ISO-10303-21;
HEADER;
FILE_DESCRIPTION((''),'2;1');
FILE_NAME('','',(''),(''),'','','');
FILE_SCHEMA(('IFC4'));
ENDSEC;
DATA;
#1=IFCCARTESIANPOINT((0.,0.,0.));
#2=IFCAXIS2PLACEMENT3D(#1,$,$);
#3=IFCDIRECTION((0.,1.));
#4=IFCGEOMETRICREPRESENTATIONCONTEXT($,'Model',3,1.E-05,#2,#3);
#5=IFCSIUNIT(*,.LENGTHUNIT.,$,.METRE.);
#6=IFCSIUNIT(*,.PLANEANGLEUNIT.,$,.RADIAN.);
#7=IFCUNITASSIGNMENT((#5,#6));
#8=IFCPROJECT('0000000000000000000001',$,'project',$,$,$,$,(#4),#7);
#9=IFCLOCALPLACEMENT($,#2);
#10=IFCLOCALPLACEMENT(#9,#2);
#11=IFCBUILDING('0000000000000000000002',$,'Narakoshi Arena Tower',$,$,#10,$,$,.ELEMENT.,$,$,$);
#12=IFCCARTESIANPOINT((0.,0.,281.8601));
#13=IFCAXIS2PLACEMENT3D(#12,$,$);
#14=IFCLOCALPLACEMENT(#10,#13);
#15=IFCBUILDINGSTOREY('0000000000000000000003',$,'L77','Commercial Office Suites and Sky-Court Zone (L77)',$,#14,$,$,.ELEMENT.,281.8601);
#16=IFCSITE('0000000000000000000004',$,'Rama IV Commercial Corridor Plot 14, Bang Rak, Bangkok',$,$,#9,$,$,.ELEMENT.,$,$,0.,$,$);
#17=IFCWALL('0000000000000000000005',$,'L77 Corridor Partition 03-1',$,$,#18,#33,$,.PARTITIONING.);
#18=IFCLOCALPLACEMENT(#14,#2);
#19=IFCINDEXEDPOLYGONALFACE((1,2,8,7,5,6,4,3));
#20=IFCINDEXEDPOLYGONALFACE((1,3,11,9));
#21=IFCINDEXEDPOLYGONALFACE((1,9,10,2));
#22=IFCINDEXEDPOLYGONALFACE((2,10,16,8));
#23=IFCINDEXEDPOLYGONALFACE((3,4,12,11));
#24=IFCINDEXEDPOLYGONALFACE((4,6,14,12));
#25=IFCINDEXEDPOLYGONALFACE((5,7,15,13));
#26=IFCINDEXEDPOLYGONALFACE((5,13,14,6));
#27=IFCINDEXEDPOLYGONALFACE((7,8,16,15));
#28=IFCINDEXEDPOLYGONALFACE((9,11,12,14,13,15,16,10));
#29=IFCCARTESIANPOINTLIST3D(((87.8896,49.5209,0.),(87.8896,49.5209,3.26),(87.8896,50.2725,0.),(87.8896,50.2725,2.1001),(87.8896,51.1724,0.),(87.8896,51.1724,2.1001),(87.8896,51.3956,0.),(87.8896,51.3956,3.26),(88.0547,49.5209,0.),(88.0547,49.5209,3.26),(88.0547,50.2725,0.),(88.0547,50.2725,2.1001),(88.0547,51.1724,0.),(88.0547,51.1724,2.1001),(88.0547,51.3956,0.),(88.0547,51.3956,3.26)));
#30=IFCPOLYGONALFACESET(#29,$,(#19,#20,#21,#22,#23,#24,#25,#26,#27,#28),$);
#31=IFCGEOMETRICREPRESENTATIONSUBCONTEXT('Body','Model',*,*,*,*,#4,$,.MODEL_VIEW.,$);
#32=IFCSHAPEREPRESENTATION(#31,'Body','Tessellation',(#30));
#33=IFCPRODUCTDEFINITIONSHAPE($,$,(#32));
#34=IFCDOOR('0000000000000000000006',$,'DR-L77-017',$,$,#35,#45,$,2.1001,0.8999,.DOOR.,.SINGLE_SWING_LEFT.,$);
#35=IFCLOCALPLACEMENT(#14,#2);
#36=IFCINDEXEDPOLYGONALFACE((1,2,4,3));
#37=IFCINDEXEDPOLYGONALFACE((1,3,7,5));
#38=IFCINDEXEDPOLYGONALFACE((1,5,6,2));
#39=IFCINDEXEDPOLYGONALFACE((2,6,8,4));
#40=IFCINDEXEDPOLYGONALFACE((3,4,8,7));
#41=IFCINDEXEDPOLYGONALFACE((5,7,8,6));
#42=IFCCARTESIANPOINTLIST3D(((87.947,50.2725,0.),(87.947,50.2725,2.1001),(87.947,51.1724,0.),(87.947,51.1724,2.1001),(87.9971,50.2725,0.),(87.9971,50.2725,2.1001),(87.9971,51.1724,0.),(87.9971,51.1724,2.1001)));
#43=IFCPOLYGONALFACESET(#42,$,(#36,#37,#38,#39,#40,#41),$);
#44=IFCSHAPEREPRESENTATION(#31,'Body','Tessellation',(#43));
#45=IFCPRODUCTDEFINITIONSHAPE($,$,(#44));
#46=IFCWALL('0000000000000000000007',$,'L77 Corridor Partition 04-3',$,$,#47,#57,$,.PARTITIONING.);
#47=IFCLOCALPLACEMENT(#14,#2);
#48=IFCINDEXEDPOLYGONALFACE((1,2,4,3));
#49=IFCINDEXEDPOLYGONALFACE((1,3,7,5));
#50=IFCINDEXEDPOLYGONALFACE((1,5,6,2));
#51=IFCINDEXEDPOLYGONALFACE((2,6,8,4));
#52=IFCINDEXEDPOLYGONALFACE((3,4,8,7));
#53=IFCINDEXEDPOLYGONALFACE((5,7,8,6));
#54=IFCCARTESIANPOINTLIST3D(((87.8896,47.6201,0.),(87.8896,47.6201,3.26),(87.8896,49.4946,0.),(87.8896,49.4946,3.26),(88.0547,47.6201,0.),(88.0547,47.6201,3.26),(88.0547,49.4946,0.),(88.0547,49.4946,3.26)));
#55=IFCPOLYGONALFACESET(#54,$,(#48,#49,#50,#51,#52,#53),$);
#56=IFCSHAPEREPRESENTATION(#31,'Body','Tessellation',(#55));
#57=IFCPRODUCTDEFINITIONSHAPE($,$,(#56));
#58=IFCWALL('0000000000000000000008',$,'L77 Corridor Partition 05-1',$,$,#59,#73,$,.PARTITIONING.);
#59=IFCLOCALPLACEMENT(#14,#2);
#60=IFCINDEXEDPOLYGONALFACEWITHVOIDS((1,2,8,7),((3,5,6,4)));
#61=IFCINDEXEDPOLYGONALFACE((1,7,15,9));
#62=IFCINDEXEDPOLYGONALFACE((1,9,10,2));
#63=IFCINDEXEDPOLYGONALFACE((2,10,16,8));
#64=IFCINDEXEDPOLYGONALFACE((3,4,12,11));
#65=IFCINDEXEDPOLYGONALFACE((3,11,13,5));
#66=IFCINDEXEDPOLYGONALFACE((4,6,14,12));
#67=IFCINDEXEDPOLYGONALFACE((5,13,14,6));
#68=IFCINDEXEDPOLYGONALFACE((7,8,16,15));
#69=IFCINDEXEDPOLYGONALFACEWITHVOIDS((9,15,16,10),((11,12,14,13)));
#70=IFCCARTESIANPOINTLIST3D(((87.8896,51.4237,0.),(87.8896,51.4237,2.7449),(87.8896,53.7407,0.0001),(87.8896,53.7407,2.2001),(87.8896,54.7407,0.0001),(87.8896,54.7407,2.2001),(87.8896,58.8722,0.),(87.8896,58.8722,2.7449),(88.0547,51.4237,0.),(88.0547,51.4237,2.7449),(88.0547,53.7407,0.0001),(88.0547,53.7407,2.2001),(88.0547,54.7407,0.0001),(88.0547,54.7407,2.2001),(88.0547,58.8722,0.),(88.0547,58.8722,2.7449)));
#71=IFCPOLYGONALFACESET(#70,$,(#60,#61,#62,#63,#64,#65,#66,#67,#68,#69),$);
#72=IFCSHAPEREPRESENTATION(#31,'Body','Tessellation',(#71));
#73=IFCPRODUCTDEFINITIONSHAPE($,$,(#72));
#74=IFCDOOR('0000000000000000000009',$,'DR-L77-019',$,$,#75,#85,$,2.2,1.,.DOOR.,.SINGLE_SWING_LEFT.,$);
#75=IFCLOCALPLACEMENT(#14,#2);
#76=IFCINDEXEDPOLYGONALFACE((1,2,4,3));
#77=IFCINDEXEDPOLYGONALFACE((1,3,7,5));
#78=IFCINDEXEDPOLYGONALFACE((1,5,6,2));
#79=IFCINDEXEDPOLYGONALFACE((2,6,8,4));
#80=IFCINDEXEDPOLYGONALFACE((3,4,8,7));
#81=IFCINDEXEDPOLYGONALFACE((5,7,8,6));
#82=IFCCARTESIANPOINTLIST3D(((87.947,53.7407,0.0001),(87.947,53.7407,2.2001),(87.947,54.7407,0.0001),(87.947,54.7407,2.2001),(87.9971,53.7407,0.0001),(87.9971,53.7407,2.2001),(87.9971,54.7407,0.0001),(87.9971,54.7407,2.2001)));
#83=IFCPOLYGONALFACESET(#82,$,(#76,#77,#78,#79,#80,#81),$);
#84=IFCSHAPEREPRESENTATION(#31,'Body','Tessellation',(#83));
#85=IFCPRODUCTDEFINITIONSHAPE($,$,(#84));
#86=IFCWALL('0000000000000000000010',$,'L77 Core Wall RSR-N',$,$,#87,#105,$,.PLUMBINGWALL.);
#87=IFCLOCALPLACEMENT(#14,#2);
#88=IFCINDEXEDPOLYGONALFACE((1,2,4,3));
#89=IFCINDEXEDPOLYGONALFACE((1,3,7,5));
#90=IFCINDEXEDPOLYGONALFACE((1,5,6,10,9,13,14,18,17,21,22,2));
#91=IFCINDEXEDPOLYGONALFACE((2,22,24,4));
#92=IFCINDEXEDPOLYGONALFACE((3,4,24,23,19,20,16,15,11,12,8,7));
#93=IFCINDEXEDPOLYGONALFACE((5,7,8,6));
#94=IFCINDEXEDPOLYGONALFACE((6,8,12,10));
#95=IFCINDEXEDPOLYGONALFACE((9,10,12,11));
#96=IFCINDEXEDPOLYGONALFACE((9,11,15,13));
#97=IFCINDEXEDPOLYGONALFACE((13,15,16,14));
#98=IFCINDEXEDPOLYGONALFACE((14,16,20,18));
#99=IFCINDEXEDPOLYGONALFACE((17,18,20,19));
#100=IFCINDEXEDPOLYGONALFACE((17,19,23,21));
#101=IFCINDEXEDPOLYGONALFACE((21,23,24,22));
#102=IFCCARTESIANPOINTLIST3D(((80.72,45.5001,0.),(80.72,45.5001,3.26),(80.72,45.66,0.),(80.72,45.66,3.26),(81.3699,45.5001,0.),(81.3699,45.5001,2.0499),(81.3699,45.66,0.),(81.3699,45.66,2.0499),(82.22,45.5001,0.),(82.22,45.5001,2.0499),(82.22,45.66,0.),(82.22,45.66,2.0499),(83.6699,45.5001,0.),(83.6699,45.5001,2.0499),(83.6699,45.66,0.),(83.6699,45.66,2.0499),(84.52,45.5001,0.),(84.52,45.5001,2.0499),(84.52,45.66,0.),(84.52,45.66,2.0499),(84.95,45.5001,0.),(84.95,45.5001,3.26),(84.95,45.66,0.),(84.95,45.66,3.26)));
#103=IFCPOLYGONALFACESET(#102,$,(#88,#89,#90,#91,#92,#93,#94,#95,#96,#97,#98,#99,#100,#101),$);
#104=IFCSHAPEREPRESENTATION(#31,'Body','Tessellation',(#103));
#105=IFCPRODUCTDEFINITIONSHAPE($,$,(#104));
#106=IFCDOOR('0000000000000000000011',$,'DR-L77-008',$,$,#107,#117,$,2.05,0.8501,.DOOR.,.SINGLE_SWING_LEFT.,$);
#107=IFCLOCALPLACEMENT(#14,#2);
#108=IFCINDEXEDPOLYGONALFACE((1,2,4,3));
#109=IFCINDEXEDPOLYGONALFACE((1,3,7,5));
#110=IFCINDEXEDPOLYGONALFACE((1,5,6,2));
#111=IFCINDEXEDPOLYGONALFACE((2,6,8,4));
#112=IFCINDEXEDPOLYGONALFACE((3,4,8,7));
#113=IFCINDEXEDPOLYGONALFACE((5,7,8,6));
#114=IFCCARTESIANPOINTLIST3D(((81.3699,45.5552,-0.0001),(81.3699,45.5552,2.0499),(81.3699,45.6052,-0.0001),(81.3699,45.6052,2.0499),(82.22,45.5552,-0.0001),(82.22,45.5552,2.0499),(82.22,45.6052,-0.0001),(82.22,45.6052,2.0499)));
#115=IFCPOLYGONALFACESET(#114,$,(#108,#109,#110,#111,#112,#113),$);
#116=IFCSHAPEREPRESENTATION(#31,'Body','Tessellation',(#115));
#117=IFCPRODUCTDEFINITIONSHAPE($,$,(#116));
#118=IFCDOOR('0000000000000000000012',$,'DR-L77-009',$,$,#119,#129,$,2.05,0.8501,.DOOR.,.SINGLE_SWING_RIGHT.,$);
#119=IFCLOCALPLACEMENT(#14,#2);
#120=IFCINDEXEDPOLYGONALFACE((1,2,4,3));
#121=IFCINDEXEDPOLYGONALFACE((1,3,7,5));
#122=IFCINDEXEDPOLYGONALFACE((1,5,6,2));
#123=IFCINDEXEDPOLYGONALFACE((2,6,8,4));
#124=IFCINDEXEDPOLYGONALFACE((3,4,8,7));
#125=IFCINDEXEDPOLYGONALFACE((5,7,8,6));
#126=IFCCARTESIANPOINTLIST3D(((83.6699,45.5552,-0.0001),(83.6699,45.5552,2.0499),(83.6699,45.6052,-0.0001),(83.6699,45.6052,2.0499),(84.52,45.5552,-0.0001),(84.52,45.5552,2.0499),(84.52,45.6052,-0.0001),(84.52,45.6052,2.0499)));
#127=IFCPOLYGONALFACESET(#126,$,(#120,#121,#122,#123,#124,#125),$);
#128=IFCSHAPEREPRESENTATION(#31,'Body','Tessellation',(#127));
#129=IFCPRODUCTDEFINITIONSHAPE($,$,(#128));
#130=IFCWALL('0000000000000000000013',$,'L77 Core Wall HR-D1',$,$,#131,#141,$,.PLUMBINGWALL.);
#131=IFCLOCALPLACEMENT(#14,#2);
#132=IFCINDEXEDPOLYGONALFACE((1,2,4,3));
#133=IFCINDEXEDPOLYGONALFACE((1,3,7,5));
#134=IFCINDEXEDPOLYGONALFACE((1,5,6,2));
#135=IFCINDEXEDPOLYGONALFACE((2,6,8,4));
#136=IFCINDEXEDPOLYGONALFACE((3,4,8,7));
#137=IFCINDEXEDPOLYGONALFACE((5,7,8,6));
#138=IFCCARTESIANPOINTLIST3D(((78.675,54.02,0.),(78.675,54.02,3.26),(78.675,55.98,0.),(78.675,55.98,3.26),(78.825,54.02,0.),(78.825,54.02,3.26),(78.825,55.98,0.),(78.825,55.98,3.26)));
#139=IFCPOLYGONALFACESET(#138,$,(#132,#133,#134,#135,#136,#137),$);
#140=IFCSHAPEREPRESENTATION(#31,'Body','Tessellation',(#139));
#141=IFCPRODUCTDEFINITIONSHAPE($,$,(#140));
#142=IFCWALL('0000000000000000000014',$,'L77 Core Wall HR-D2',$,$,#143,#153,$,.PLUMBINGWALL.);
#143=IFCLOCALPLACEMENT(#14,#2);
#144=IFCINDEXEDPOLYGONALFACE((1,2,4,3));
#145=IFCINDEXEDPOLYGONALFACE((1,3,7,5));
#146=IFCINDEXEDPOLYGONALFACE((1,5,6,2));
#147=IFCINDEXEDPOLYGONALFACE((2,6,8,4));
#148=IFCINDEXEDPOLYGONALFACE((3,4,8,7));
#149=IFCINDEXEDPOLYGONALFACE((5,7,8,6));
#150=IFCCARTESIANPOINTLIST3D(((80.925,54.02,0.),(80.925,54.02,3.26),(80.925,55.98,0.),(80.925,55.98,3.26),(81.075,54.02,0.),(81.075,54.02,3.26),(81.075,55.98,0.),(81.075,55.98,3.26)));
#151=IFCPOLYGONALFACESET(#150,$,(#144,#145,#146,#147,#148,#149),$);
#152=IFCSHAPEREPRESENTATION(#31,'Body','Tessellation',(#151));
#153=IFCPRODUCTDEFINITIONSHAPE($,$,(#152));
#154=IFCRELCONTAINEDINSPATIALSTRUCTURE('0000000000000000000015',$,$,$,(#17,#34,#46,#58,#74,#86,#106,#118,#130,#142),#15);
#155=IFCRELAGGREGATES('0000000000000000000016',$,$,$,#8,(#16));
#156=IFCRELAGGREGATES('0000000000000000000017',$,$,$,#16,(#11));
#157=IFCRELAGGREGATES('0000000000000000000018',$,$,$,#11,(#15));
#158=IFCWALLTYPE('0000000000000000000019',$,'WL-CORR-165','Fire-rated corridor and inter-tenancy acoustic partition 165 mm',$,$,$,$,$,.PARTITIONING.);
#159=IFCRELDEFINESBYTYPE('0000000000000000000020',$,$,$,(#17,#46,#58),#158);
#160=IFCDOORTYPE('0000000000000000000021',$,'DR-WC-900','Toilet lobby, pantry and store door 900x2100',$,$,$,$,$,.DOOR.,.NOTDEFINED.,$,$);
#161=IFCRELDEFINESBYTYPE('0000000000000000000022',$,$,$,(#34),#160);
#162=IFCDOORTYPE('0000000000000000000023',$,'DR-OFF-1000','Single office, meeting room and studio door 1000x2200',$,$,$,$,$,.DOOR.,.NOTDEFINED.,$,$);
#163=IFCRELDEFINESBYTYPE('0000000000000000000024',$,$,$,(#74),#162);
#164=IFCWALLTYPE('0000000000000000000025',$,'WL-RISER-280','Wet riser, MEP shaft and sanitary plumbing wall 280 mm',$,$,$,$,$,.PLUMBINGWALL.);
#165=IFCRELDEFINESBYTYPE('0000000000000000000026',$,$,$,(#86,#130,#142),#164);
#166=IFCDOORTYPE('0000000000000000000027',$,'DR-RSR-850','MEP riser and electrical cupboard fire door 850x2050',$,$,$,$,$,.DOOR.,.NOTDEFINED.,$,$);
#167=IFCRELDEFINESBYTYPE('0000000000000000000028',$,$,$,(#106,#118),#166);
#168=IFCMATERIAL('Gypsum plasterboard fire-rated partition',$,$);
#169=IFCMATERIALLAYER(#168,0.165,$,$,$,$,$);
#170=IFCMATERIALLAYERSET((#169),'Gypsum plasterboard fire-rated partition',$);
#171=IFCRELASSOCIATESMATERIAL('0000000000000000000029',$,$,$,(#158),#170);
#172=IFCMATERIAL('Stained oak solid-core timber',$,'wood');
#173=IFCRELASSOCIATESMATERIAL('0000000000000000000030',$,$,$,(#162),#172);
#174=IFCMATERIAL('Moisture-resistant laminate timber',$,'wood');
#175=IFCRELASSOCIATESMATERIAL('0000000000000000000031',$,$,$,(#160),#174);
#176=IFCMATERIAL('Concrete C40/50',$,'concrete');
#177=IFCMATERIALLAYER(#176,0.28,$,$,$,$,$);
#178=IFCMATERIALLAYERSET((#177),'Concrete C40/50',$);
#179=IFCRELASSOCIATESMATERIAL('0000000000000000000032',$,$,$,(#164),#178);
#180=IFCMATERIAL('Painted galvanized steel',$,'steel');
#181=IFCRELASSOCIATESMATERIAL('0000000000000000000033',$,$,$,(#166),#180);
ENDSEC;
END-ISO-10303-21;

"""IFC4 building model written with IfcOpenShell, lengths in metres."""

from ifc_helpers import new_model, si_unit, direction, frame, frame_2d, origin, place, context, subcontext, project, spatial, rectangle, extrude, material, layer, layer_set, type_object, element, fill, save


model = new_model("IFC4")

# Units and contexts
model_context = context("Model", 3, precision=1e-05, world=origin(), true_north=direction((0.0, 1.0)))
body_context = subcontext(model_context, "Body", "Model", "MODEL_VIEW")
ifc_project = project(units=[si_unit("LENGTHUNIT", "METRE"), si_unit("PLANEANGLEUNIT", "RADIAN")], contexts=[model_context])

# Site, building, storey
site_placement = place(None, origin())
site = spatial("IfcSite", under=ifc_project, at=site_placement, Name="Rama IV Commercial Corridor Plot 14, Bang Rak, Bangkok", CompositionType="ELEMENT", RefElevation=0.0)
building_placement = place(site_placement, origin())
building = spatial("IfcBuilding", under=site, at=building_placement, Name="Narakoshi Arena Tower", CompositionType="ELEMENT")
storey_placement = place(building_placement, frame((0.0, 0.0, 281.8601)))
storey = spatial("IfcBuildingStorey", under=building, at=storey_placement, Name="L77", Description="Commercial Office Suites and Sky-Court Zone (L77)", CompositionType="ELEMENT", Elevation=281.8601)

# Wall, opening, door
ifc_material_1 = material(Name="Gypsum plasterboard fire-rated partition")
ifc_layer_1 = layer(ifc_material_1, 0.165)
ifc_layer_set_1 = layer_set([ifc_layer_1], Name="Gypsum plasterboard fire-rated partition")
wall_type_1 = type_object("IfcWallType", Name="WL-CORR-165", Description="Fire-rated corridor and inter-tenancy acoustic partition 165 mm", PredefinedType="PARTITIONING", material=ifc_layer_set_1)
ifc_material_2 = material(Name="Stained oak solid-core timber", Category="wood")
door_type_1 = type_object("IfcDoorType", Name="DR-OFF-1000", Description="Single office, meeting room and studio door 1000x2200", OperationType="NOTDEFINED", PredefinedType="DOOR", material=ifc_material_2)
wall_1_placement = place(storey_placement, frame((87.9722, 49.5208, 0.0), z_axis=(0.0, 0.0, 1.0), x_axis=(0.0, 1.0, 0.0)))
wall_1 = element("IfcWall", 1, at=wall_1_placement, inside=storey, type_object=wall_type_1, Name="L77 Corridor Partition 03-1", PredefinedType="PARTITIONING", context=body_context, shape_type="SweptSolid", body=[
    extrude(rectangle(XDim=1.8748, YDim=0.165, at=frame_2d((0.9375, 0.0))), origin(), (0.0, 0.0, 1.0), 3.26),
])
opening_1_placement = place(wall_1_placement, frame((0.7517, 0.0, 0.0)))
opening_1 = element("IfcOpeningElement", 2, at=opening_1_placement, cuts=wall_1, PredefinedType="OPENING", context=body_context, shape_type="SweptSolid", body=[
    extrude(rectangle(XDim=0.8999, YDim=2.1001, at=frame_2d((0.45, 1.05))), frame((0.0, 0.0925, 0.0), z_axis=(0.0, -1.0, 0.0), x_axis=(1.0, 0.0, 0.0)), (0.0, 0.0, 1.0), 0.1851),
])
ifc_material_3 = material(Name="Moisture-resistant laminate timber", Category="wood")
door_type_2 = type_object("IfcDoorType", Name="DR-WC-900", Description="Toilet lobby, pantry and store door 900x2100", OperationType="NOTDEFINED", PredefinedType="DOOR", material=ifc_material_3)
door_1_placement = place(opening_1_placement, frame((0.8999, 0.0, 0.0), z_axis=(0.0, 0.0, 1.0), x_axis=(-1.0, 0.0, 0.0)))
door_1 = element("IfcDoor", 3, at=door_1_placement, inside=storey, type_object=door_type_2, Name="DR-L77-017", OperationType="SINGLE_SWING_LEFT", OverallHeight=2.1001, OverallWidth=0.8999, PredefinedType="DOOR", context=body_context, shape_type="SweptSolid", body=[
    extrude(rectangle(XDim=0.8999, YDim=2.1001, at=frame_2d((0.45, 1.05))), frame((0.0, 0.0249, 0.0), z_axis=(0.0, -1.0, 0.0), x_axis=(1.0, 0.0, 0.0)), (0.0, 0.0, 1.0), 0.05),
])
fill(opening_1, door_1)

# Wall
wall_2_placement = place(storey_placement, frame((87.9722, 47.6201, 0.0), z_axis=(0.0, 0.0, 1.0), x_axis=(0.0, 1.0, 0.0)))
element("IfcWall", 4, at=wall_2_placement, inside=storey, type_object=wall_type_1, Name="L77 Corridor Partition 04-3", PredefinedType="PARTITIONING", context=body_context, shape_type="SweptSolid", body=[
    extrude(rectangle(XDim=1.8745, YDim=0.165, at=frame_2d((0.9373, 0.0))), origin(), (0.0, 0.0, 1.0), 3.26),
])

# Wall, opening, door
wall_3_placement = place(storey_placement, frame((87.9722, 51.4238, 0.0), z_axis=(0.0, 0.0, 1.0), x_axis=(0.0, 1.0, 0.0)))
wall_3 = element("IfcWall", 5, at=wall_3_placement, inside=storey, type_object=wall_type_1, Name="L77 Corridor Partition 05-1", PredefinedType="PARTITIONING", context=body_context, shape_type="SweptSolid", body=[
    extrude(rectangle(XDim=7.4485, YDim=0.165, at=frame_2d((3.7241, 0.0))), origin(), (0.0, 0.0, 1.0), 2.7449),
])
opening_2_placement = place(wall_3_placement, frame((2.3169, 0.0, 0.0)))
opening_2 = element("IfcOpeningElement", 6, at=opening_2_placement, cuts=wall_3, PredefinedType="OPENING", context=body_context, shape_type="SweptSolid", body=[
    extrude(rectangle(XDim=1.0, YDim=2.2, at=frame_2d((0.5, 1.1001))), frame((0.0, 0.0925, 0.0), z_axis=(0.0, -1.0, 0.0), x_axis=(1.0, 0.0, 0.0)), (0.0, 0.0, 1.0), 0.1851),
])
door_2_placement = place(opening_2_placement, frame((1.0, 0.0, 0.0), z_axis=(0.0, 0.0, 1.0), x_axis=(-1.0, 0.0, 0.0)))
door_2 = element("IfcDoor", 7, at=door_2_placement, inside=storey, type_object=door_type_1, Name="DR-L77-019", OperationType="SINGLE_SWING_LEFT", OverallHeight=2.2, OverallWidth=1.0, PredefinedType="DOOR", context=body_context, shape_type="SweptSolid", body=[
    extrude(rectangle(XDim=1.0, YDim=2.2, at=frame_2d((0.5, 1.1001))), frame((0.0, 0.0249, 0.0), z_axis=(0.0, -1.0, 0.0), x_axis=(1.0, 0.0, 0.0)), (0.0, 0.0, 1.0), 0.05),
])
fill(opening_2, door_2)

# Wall, openings, doors
ifc_material_4 = material(Name="Concrete C40/50", Category="concrete")
ifc_layer_2 = layer(ifc_material_4, 0.28)
ifc_layer_set_2 = layer_set([ifc_layer_2], Name="Concrete C40/50")
wall_type_2 = type_object("IfcWallType", Name="WL-RISER-280", Description="Wet riser, MEP shaft and sanitary plumbing wall 280 mm", PredefinedType="PLUMBINGWALL", material=ifc_layer_set_2)
wall_4_placement = place(storey_placement, frame((80.72, 45.5801, 0.0), z_axis=(0.0, 0.0, 1.0), x_axis=(1.0, 0.0, 0.0)))
wall_4 = element("IfcWall", 8, at=wall_4_placement, inside=storey, type_object=wall_type_2, Name="L77 Core Wall RSR-N", PredefinedType="PLUMBINGWALL", context=body_context, shape_type="SweptSolid", body=[
    extrude(rectangle(XDim=4.23, YDim=0.1599, at=frame_2d((2.115, 0.0))), origin(), (0.0, 0.0, 1.0), 3.26),
])
opening_3_placement = place(wall_4_placement, frame((0.6499, 0.0, 0.0)))
opening_3 = element("IfcOpeningElement", 9, at=opening_3_placement, cuts=wall_4, PredefinedType="OPENING", context=body_context, shape_type="SweptSolid", body=[
    extrude(rectangle(XDim=0.8501, YDim=2.05, at=frame_2d((0.425, 1.0249))), frame((0.0, 0.0898, 0.0), z_axis=(0.0, -1.0, 0.0), x_axis=(1.0, 0.0, 0.0)), (0.0, 0.0, 1.0), 0.1799),
])
opening_4_placement = place(wall_4_placement, frame((2.95, 0.0, 0.0)))
opening_4 = element("IfcOpeningElement", 10, at=opening_4_placement, cuts=wall_4, PredefinedType="OPENING", context=body_context, shape_type="SweptSolid", body=[
    extrude(rectangle(XDim=0.8501, YDim=2.05, at=frame_2d((0.425, 1.0249))), frame((0.0, 0.0898, 0.0), z_axis=(0.0, -1.0, 0.0), x_axis=(1.0, 0.0, 0.0)), (0.0, 0.0, 1.0), 0.1799),
])
ifc_material_5 = material(Name="Painted galvanized steel", Category="steel")
door_type_3 = type_object("IfcDoorType", Name="DR-RSR-850", Description="MEP riser and electrical cupboard fire door 850x2050", OperationType="NOTDEFINED", PredefinedType="DOOR", material=ifc_material_5)
door_3_placement = place(opening_3_placement, frame((0.8501, 0.0, 0.0), z_axis=(0.0, 0.0, 1.0), x_axis=(-1.0, 0.0, 0.0)))
door_3 = element("IfcDoor", 11, at=door_3_placement, inside=storey, type_object=door_type_3, Name="DR-L77-008", OperationType="SINGLE_SWING_LEFT", OverallHeight=2.05, OverallWidth=0.8501, PredefinedType="DOOR", context=body_context, shape_type="SweptSolid", body=[
    extrude(rectangle(XDim=0.8501, YDim=2.05, at=frame_2d((0.425, 1.0249))), frame((0.0, 0.0249, 0.0), z_axis=(0.0, -1.0, 0.0), x_axis=(1.0, 0.0, 0.0)), (0.0, 0.0, 1.0), 0.05),
])
fill(opening_3, door_3)
door_4_placement = place(opening_4_placement, frame((0.8501, 0.0, 0.0), z_axis=(0.0, 0.0, 1.0), x_axis=(-1.0, 0.0, 0.0)))
door_4 = element("IfcDoor", 12, at=door_4_placement, inside=storey, type_object=door_type_3, Name="DR-L77-009", OperationType="SINGLE_SWING_RIGHT", OverallHeight=2.05, OverallWidth=0.8501, PredefinedType="DOOR", context=body_context, shape_type="SweptSolid", body=[
    extrude(rectangle(XDim=0.8501, YDim=2.05, at=frame_2d((0.425, 1.0249))), frame((0.0, 0.0249, 0.0), z_axis=(0.0, -1.0, 0.0), x_axis=(1.0, 0.0, 0.0)), (0.0, 0.0, 1.0), 0.05),
])
fill(opening_4, door_4)

# Walls
for number, where, z_axis, x_axis, name in (
    (13, (78.75, 54.02, 0.0), (0.0, 0.0, 1.0), (0.0, 1.0, 0.0), "L77 Core Wall HR-D1"),
    (14, (81.0, 54.02, 0.0), (0.0, 0.0, 1.0), (0.0, 1.0, 0.0), "L77 Core Wall HR-D2"),
):
    element("IfcWall", number, at=place(storey_placement, frame(where, z_axis=z_axis, x_axis=x_axis)), inside=storey, type_object=wall_type_2, Name=name, PredefinedType="PLUMBINGWALL", context=body_context, shape_type="SweptSolid", body=[
        extrude(rectangle(XDim=1.96, YDim=0.1499, at=frame_2d((0.98, 0.0))), origin(), (0.0, 0.0, 1.0), 3.26),
    ])

save(model, "model.ifc")
